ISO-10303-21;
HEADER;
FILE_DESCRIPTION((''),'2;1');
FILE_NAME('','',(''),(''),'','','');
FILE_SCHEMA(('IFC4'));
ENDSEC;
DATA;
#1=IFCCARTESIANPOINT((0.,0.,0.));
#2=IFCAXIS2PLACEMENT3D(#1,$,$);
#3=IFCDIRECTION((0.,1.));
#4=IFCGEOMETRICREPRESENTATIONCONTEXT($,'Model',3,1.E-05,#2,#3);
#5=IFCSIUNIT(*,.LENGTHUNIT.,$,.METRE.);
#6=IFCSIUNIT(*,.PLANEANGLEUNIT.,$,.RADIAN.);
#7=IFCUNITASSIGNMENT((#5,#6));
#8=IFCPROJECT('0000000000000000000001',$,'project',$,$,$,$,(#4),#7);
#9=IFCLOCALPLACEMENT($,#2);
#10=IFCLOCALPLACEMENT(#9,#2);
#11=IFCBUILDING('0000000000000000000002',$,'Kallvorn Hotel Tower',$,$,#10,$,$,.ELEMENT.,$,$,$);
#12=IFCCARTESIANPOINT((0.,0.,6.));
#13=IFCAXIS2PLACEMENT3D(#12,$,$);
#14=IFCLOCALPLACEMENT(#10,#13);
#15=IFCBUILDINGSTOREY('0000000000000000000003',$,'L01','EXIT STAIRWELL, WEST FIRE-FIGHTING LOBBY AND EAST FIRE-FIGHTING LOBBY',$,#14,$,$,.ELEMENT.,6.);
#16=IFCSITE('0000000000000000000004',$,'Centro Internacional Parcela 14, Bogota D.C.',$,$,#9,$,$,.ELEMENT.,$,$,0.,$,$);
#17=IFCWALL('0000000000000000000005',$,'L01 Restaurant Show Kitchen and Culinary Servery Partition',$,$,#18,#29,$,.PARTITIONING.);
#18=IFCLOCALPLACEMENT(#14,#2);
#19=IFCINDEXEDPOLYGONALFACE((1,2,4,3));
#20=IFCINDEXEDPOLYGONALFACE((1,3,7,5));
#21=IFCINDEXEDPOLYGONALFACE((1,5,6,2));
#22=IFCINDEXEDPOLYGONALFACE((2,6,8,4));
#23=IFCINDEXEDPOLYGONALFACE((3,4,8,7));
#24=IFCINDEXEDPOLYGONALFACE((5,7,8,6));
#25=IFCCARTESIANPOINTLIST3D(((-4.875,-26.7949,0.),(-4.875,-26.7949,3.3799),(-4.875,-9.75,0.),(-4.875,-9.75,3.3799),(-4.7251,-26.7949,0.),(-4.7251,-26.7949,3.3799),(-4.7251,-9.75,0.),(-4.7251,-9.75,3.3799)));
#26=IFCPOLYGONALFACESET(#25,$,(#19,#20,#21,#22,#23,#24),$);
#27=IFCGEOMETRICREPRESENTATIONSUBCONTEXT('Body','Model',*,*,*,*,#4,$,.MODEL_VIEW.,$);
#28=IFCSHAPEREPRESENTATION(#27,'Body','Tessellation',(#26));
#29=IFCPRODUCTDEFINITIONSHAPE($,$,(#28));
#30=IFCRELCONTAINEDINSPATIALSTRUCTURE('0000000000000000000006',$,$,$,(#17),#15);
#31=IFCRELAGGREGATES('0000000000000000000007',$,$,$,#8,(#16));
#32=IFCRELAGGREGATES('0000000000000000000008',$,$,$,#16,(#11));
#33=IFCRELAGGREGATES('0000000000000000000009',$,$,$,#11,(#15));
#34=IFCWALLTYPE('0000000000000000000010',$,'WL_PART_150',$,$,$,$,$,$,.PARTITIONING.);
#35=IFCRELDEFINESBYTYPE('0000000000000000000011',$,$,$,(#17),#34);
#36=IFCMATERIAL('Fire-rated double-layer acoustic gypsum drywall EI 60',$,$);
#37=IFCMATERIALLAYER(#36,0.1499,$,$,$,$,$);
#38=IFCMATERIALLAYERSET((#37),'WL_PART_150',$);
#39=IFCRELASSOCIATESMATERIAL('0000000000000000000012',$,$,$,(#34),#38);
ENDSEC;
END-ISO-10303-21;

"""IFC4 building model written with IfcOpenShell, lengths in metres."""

from ifc_helpers import new_model, si_unit, direction, frame, frame_2d, origin, place, context, subcontext, project, spatial, rectangle, extrude, material, layer, layer_set, type_object, element, save


model = new_model("IFC4")

# Units and contexts
model_context = context("Model", 3, precision=1e-05, world=origin(), true_north=direction((0.0, 1.0)))
body_context = subcontext(model_context, "Body", "Model", "MODEL_VIEW")
ifc_project = project(units=[si_unit("LENGTHUNIT", "METRE"), si_unit("PLANEANGLEUNIT", "RADIAN")], contexts=[model_context])

# Site, building, storey
site_placement = place(None, origin())
site = spatial("IfcSite", under=ifc_project, at=site_placement, Name="Centro Internacional Parcela 14, Bogota D.C.", CompositionType="ELEMENT", RefElevation=0.0)
building_placement = place(site_placement, origin())
building = spatial("IfcBuilding", under=site, at=building_placement, Name="Kallvorn Hotel Tower", CompositionType="ELEMENT")
storey_placement = place(building_placement, frame((0.0, 0.0, 6.0)))
storey = spatial("IfcBuildingStorey", under=building, at=storey_placement, Name="L01", Description="EXIT STAIRWELL, WEST FIRE-FIGHTING LOBBY AND EAST FIRE-FIGHTING LOBBY", CompositionType="ELEMENT", Elevation=6.0)

# Wall
ifc_material_1 = material(Name="Fire-rated double-layer acoustic gypsum drywall EI 60")
ifc_layer_1 = layer(ifc_material_1, 0.1499)
ifc_layer_set_1 = layer_set([ifc_layer_1], Name="WL_PART_150")
wall_type_1 = type_object("IfcWallType", Name="WL_PART_150", PredefinedType="PARTITIONING", material=ifc_layer_set_1)
wall_1_placement = place(storey_placement, frame((-4.8, -26.7949, 0.0), z_axis=(0.0, 0.0, 1.0), x_axis=(0.0, 1.0, 0.0)))
element("IfcWall", 1, at=wall_1_placement, inside=storey, type_object=wall_type_1, Name="L01 Restaurant Show Kitchen and Culinary Servery Partition", PredefinedType="PARTITIONING", context=body_context, shape_type="SweptSolid", body=[
    extrude(rectangle(XDim=17.0449, YDim=0.1499, at=frame_2d((8.5225, 0.0))), origin(), (0.0, 0.0, 1.0), 3.3799),
])

save(model, "model.ifc")
